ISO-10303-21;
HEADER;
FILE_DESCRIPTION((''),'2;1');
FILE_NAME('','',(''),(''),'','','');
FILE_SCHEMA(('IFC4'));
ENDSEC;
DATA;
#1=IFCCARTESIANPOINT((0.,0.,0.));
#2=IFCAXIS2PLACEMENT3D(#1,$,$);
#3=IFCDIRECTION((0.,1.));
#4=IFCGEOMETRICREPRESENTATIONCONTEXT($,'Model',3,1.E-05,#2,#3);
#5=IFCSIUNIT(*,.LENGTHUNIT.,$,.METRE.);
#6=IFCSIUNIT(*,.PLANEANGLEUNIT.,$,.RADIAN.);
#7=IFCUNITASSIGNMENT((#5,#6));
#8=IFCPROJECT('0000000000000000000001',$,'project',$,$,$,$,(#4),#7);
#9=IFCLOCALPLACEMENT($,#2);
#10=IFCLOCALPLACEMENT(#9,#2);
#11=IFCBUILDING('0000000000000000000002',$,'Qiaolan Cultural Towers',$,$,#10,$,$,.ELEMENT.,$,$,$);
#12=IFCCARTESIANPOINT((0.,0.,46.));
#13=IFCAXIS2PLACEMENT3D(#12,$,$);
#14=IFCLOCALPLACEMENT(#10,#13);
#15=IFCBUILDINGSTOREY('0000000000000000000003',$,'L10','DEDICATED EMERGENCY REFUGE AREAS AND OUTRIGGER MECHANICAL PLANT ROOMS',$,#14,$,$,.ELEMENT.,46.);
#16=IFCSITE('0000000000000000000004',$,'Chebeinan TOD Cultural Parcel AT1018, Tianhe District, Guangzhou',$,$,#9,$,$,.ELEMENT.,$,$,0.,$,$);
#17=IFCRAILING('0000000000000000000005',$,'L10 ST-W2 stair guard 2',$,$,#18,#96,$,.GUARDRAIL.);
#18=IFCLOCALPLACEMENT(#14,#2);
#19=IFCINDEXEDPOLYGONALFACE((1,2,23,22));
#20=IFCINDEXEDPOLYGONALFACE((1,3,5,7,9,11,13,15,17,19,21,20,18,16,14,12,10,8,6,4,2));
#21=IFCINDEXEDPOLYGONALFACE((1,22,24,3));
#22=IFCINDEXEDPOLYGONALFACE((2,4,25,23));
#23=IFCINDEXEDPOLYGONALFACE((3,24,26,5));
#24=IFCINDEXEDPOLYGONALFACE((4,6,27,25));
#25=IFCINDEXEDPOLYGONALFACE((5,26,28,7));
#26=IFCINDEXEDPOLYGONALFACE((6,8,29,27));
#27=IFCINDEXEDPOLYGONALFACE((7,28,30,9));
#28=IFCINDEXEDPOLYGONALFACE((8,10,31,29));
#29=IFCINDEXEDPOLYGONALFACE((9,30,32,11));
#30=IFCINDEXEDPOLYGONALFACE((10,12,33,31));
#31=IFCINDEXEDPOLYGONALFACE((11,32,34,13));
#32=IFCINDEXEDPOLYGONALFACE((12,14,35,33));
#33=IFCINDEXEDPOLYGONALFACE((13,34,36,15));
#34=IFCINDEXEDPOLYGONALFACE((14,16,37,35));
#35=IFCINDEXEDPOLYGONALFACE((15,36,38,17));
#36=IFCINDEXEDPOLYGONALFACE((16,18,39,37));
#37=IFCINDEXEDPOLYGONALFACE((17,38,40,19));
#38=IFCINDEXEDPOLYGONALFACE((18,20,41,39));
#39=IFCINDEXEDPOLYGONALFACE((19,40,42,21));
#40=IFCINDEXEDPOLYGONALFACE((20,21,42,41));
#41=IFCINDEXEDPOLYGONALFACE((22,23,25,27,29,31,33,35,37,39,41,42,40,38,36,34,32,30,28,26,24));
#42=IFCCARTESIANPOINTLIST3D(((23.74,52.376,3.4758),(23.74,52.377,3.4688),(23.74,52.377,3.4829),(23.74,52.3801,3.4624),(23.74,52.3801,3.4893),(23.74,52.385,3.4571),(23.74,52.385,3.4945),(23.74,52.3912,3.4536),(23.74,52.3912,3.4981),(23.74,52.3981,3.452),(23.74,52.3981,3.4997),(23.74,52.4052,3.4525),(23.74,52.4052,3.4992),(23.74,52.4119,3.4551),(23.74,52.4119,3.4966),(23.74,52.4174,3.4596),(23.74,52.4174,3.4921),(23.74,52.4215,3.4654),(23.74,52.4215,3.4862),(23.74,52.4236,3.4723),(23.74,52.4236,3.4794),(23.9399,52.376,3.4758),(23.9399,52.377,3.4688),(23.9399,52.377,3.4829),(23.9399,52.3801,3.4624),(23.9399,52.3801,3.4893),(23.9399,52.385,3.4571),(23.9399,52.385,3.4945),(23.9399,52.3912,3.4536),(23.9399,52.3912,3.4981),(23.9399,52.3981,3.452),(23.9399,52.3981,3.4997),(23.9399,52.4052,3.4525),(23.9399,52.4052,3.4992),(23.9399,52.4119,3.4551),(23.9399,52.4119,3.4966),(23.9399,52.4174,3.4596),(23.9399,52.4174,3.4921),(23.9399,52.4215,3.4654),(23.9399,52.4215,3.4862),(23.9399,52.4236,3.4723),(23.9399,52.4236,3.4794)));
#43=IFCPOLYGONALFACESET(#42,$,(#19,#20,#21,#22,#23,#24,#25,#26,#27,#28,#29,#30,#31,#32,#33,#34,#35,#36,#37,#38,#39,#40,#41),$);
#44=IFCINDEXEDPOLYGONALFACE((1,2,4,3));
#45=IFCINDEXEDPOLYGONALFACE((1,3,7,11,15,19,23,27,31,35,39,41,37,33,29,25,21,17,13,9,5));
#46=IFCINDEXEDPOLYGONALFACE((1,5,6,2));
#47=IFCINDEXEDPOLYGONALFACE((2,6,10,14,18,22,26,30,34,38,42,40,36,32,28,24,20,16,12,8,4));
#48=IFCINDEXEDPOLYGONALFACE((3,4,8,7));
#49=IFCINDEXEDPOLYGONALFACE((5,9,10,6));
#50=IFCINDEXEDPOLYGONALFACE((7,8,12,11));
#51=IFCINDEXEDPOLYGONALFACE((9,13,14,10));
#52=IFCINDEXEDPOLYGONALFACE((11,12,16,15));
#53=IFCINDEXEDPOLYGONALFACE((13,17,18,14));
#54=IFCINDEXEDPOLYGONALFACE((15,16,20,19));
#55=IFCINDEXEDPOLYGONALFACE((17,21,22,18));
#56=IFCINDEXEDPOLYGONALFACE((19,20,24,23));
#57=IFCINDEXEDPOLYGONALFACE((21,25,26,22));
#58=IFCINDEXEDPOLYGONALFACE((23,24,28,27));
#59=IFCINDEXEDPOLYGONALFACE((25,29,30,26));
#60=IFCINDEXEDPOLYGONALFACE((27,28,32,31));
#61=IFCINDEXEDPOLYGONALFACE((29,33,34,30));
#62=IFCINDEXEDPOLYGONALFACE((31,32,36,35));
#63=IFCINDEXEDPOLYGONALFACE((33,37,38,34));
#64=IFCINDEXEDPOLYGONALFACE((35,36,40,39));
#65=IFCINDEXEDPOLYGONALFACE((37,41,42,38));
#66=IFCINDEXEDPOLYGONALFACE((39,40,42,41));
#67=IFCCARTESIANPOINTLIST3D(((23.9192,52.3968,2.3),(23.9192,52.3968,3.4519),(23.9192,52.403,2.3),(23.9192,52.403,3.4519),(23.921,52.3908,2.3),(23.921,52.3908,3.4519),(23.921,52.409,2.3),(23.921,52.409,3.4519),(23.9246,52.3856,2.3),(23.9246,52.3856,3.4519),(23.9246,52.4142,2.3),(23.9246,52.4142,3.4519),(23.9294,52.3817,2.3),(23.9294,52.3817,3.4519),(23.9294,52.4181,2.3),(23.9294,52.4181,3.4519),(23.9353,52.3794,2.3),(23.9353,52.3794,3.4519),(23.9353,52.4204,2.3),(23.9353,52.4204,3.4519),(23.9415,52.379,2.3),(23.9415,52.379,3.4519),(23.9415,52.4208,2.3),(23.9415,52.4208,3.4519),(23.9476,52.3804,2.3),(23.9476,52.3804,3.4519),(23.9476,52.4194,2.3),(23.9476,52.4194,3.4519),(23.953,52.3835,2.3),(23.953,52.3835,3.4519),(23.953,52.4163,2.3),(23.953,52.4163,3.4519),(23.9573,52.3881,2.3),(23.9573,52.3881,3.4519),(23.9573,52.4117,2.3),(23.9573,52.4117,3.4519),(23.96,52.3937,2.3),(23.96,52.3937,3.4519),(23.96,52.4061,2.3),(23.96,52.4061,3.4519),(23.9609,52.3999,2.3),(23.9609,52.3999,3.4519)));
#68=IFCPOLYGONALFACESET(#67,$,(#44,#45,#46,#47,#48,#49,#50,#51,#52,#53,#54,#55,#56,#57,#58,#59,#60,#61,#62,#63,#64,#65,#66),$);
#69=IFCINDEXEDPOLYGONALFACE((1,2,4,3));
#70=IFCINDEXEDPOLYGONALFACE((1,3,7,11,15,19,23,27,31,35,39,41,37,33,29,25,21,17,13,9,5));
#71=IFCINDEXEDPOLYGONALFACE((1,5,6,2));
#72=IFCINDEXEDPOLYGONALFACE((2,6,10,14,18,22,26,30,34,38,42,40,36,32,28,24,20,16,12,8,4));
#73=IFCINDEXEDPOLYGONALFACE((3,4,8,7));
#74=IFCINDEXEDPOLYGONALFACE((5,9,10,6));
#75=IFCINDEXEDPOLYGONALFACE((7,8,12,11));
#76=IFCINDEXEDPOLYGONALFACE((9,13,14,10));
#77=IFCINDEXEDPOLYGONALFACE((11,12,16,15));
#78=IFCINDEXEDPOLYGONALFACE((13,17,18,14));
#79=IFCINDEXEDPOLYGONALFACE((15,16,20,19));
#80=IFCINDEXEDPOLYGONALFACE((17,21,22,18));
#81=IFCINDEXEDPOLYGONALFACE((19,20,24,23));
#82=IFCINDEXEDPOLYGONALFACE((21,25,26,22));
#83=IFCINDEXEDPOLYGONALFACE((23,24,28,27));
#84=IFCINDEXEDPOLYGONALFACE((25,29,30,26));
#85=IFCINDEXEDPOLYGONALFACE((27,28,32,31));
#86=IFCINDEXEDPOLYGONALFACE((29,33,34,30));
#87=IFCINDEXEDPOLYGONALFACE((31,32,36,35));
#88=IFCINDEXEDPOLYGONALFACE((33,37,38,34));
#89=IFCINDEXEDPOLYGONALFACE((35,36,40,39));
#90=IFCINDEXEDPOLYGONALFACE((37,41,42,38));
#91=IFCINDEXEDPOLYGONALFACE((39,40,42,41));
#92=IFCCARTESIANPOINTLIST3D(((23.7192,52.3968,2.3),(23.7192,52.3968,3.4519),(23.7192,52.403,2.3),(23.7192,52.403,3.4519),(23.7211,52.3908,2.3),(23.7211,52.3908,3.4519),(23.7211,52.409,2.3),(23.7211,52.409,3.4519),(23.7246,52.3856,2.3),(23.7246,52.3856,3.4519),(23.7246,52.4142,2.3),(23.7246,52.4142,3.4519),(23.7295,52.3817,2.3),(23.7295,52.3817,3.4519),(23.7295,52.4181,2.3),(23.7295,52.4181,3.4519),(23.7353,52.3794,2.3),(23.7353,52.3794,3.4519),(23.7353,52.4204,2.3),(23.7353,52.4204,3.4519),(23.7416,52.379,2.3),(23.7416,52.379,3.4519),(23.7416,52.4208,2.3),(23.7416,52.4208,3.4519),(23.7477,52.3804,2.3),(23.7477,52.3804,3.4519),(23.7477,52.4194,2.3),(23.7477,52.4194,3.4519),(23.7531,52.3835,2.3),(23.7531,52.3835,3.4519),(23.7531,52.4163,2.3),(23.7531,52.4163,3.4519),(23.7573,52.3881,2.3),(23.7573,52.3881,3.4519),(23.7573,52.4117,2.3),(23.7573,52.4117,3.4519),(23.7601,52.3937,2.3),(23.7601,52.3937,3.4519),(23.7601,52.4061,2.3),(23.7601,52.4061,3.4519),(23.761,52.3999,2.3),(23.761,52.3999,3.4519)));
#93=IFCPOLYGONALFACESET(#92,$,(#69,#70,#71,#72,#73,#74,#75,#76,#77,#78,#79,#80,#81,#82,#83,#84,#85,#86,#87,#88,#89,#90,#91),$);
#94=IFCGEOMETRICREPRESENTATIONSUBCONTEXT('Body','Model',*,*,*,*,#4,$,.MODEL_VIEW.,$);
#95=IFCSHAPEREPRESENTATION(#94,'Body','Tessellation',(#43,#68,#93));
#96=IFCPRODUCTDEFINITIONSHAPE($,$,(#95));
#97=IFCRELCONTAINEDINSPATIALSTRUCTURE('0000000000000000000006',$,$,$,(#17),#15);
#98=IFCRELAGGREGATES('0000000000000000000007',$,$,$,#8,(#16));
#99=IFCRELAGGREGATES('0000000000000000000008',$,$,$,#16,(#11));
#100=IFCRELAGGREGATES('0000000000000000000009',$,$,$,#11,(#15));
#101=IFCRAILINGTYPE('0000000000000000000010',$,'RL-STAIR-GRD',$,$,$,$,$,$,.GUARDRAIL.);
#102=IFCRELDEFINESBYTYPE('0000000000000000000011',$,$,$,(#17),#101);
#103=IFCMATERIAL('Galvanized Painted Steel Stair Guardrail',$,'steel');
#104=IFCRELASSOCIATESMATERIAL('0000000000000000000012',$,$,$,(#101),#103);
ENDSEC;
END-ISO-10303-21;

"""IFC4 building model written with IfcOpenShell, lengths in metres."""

from ifc_helpers import new_model, si_unit, direction, frame, origin, origin_2d, place, context, subcontext, project, spatial, circle, extrude, material, type_object, element, save


model = new_model("IFC4")

# Units and contexts
model_context = context("Model", 3, precision=1e-05, world=origin(), true_north=direction((0.0, 1.0)))
body_context = subcontext(model_context, "Body", "Model", "MODEL_VIEW")
ifc_project = project(units=[si_unit("LENGTHUNIT", "METRE"), si_unit("PLANEANGLEUNIT", "RADIAN")], contexts=[model_context])

# Site, building, storey
site_placement = place(None, origin())
site = spatial("IfcSite", under=ifc_project, at=site_placement, Name="Chebeinan TOD Cultural Parcel AT1018, Tianhe District, Guangzhou", CompositionType="ELEMENT", RefElevation=0.0)
building_placement = place(site_placement, origin())
building = spatial("IfcBuilding", under=site, at=building_placement, Name="Qiaolan Cultural Towers", CompositionType="ELEMENT")
storey_placement = place(building_placement, frame((0.0, 0.0, 46.0)))
storey = spatial("IfcBuildingStorey", under=building, at=storey_placement, Name="L10", Description="DEDICATED EMERGENCY REFUGE AREAS AND OUTRIGGER MECHANICAL PLANT ROOMS", CompositionType="ELEMENT", Elevation=46.0)

# Railing
ifc_material_1 = material(Name="Galvanized Painted Steel Stair Guardrail", Category="steel")
railing_type_1 = type_object("IfcRailingType", Name="RL-STAIR-GRD", PredefinedType="GUARDRAIL", material=ifc_material_1)
railing_1_placement = place(storey_placement, frame((23.9399, 52.3999, 2.3)))
element("IfcRailing", 1, at=railing_1_placement, inside=storey, type_object=railing_type_1, Name="L10 ST-W2 stair guard 2", PredefinedType="GUARDRAIL", context=body_context, shape_type="SweptSolid", body=[
    extrude(circle(Radius=0.0239, at=origin_2d()), frame((0.0, 0.0, 1.1758), z_axis=(-1.0, 0.0, 0.0), x_axis=(0.0, -1.0, 0.0)), (0.0, 0.0, 1.0), 0.2),
    extrude(circle(Radius=0.021, at=origin_2d()), origin(), (0.0, 0.0, 1.0), 1.1519),
    extrude(circle(Radius=0.021, at=origin_2d()), frame((-0.2, 0.0, 0.0)), (0.0, 0.0, 1.0), 1.1519),
])

save(model, "model.ifc")
